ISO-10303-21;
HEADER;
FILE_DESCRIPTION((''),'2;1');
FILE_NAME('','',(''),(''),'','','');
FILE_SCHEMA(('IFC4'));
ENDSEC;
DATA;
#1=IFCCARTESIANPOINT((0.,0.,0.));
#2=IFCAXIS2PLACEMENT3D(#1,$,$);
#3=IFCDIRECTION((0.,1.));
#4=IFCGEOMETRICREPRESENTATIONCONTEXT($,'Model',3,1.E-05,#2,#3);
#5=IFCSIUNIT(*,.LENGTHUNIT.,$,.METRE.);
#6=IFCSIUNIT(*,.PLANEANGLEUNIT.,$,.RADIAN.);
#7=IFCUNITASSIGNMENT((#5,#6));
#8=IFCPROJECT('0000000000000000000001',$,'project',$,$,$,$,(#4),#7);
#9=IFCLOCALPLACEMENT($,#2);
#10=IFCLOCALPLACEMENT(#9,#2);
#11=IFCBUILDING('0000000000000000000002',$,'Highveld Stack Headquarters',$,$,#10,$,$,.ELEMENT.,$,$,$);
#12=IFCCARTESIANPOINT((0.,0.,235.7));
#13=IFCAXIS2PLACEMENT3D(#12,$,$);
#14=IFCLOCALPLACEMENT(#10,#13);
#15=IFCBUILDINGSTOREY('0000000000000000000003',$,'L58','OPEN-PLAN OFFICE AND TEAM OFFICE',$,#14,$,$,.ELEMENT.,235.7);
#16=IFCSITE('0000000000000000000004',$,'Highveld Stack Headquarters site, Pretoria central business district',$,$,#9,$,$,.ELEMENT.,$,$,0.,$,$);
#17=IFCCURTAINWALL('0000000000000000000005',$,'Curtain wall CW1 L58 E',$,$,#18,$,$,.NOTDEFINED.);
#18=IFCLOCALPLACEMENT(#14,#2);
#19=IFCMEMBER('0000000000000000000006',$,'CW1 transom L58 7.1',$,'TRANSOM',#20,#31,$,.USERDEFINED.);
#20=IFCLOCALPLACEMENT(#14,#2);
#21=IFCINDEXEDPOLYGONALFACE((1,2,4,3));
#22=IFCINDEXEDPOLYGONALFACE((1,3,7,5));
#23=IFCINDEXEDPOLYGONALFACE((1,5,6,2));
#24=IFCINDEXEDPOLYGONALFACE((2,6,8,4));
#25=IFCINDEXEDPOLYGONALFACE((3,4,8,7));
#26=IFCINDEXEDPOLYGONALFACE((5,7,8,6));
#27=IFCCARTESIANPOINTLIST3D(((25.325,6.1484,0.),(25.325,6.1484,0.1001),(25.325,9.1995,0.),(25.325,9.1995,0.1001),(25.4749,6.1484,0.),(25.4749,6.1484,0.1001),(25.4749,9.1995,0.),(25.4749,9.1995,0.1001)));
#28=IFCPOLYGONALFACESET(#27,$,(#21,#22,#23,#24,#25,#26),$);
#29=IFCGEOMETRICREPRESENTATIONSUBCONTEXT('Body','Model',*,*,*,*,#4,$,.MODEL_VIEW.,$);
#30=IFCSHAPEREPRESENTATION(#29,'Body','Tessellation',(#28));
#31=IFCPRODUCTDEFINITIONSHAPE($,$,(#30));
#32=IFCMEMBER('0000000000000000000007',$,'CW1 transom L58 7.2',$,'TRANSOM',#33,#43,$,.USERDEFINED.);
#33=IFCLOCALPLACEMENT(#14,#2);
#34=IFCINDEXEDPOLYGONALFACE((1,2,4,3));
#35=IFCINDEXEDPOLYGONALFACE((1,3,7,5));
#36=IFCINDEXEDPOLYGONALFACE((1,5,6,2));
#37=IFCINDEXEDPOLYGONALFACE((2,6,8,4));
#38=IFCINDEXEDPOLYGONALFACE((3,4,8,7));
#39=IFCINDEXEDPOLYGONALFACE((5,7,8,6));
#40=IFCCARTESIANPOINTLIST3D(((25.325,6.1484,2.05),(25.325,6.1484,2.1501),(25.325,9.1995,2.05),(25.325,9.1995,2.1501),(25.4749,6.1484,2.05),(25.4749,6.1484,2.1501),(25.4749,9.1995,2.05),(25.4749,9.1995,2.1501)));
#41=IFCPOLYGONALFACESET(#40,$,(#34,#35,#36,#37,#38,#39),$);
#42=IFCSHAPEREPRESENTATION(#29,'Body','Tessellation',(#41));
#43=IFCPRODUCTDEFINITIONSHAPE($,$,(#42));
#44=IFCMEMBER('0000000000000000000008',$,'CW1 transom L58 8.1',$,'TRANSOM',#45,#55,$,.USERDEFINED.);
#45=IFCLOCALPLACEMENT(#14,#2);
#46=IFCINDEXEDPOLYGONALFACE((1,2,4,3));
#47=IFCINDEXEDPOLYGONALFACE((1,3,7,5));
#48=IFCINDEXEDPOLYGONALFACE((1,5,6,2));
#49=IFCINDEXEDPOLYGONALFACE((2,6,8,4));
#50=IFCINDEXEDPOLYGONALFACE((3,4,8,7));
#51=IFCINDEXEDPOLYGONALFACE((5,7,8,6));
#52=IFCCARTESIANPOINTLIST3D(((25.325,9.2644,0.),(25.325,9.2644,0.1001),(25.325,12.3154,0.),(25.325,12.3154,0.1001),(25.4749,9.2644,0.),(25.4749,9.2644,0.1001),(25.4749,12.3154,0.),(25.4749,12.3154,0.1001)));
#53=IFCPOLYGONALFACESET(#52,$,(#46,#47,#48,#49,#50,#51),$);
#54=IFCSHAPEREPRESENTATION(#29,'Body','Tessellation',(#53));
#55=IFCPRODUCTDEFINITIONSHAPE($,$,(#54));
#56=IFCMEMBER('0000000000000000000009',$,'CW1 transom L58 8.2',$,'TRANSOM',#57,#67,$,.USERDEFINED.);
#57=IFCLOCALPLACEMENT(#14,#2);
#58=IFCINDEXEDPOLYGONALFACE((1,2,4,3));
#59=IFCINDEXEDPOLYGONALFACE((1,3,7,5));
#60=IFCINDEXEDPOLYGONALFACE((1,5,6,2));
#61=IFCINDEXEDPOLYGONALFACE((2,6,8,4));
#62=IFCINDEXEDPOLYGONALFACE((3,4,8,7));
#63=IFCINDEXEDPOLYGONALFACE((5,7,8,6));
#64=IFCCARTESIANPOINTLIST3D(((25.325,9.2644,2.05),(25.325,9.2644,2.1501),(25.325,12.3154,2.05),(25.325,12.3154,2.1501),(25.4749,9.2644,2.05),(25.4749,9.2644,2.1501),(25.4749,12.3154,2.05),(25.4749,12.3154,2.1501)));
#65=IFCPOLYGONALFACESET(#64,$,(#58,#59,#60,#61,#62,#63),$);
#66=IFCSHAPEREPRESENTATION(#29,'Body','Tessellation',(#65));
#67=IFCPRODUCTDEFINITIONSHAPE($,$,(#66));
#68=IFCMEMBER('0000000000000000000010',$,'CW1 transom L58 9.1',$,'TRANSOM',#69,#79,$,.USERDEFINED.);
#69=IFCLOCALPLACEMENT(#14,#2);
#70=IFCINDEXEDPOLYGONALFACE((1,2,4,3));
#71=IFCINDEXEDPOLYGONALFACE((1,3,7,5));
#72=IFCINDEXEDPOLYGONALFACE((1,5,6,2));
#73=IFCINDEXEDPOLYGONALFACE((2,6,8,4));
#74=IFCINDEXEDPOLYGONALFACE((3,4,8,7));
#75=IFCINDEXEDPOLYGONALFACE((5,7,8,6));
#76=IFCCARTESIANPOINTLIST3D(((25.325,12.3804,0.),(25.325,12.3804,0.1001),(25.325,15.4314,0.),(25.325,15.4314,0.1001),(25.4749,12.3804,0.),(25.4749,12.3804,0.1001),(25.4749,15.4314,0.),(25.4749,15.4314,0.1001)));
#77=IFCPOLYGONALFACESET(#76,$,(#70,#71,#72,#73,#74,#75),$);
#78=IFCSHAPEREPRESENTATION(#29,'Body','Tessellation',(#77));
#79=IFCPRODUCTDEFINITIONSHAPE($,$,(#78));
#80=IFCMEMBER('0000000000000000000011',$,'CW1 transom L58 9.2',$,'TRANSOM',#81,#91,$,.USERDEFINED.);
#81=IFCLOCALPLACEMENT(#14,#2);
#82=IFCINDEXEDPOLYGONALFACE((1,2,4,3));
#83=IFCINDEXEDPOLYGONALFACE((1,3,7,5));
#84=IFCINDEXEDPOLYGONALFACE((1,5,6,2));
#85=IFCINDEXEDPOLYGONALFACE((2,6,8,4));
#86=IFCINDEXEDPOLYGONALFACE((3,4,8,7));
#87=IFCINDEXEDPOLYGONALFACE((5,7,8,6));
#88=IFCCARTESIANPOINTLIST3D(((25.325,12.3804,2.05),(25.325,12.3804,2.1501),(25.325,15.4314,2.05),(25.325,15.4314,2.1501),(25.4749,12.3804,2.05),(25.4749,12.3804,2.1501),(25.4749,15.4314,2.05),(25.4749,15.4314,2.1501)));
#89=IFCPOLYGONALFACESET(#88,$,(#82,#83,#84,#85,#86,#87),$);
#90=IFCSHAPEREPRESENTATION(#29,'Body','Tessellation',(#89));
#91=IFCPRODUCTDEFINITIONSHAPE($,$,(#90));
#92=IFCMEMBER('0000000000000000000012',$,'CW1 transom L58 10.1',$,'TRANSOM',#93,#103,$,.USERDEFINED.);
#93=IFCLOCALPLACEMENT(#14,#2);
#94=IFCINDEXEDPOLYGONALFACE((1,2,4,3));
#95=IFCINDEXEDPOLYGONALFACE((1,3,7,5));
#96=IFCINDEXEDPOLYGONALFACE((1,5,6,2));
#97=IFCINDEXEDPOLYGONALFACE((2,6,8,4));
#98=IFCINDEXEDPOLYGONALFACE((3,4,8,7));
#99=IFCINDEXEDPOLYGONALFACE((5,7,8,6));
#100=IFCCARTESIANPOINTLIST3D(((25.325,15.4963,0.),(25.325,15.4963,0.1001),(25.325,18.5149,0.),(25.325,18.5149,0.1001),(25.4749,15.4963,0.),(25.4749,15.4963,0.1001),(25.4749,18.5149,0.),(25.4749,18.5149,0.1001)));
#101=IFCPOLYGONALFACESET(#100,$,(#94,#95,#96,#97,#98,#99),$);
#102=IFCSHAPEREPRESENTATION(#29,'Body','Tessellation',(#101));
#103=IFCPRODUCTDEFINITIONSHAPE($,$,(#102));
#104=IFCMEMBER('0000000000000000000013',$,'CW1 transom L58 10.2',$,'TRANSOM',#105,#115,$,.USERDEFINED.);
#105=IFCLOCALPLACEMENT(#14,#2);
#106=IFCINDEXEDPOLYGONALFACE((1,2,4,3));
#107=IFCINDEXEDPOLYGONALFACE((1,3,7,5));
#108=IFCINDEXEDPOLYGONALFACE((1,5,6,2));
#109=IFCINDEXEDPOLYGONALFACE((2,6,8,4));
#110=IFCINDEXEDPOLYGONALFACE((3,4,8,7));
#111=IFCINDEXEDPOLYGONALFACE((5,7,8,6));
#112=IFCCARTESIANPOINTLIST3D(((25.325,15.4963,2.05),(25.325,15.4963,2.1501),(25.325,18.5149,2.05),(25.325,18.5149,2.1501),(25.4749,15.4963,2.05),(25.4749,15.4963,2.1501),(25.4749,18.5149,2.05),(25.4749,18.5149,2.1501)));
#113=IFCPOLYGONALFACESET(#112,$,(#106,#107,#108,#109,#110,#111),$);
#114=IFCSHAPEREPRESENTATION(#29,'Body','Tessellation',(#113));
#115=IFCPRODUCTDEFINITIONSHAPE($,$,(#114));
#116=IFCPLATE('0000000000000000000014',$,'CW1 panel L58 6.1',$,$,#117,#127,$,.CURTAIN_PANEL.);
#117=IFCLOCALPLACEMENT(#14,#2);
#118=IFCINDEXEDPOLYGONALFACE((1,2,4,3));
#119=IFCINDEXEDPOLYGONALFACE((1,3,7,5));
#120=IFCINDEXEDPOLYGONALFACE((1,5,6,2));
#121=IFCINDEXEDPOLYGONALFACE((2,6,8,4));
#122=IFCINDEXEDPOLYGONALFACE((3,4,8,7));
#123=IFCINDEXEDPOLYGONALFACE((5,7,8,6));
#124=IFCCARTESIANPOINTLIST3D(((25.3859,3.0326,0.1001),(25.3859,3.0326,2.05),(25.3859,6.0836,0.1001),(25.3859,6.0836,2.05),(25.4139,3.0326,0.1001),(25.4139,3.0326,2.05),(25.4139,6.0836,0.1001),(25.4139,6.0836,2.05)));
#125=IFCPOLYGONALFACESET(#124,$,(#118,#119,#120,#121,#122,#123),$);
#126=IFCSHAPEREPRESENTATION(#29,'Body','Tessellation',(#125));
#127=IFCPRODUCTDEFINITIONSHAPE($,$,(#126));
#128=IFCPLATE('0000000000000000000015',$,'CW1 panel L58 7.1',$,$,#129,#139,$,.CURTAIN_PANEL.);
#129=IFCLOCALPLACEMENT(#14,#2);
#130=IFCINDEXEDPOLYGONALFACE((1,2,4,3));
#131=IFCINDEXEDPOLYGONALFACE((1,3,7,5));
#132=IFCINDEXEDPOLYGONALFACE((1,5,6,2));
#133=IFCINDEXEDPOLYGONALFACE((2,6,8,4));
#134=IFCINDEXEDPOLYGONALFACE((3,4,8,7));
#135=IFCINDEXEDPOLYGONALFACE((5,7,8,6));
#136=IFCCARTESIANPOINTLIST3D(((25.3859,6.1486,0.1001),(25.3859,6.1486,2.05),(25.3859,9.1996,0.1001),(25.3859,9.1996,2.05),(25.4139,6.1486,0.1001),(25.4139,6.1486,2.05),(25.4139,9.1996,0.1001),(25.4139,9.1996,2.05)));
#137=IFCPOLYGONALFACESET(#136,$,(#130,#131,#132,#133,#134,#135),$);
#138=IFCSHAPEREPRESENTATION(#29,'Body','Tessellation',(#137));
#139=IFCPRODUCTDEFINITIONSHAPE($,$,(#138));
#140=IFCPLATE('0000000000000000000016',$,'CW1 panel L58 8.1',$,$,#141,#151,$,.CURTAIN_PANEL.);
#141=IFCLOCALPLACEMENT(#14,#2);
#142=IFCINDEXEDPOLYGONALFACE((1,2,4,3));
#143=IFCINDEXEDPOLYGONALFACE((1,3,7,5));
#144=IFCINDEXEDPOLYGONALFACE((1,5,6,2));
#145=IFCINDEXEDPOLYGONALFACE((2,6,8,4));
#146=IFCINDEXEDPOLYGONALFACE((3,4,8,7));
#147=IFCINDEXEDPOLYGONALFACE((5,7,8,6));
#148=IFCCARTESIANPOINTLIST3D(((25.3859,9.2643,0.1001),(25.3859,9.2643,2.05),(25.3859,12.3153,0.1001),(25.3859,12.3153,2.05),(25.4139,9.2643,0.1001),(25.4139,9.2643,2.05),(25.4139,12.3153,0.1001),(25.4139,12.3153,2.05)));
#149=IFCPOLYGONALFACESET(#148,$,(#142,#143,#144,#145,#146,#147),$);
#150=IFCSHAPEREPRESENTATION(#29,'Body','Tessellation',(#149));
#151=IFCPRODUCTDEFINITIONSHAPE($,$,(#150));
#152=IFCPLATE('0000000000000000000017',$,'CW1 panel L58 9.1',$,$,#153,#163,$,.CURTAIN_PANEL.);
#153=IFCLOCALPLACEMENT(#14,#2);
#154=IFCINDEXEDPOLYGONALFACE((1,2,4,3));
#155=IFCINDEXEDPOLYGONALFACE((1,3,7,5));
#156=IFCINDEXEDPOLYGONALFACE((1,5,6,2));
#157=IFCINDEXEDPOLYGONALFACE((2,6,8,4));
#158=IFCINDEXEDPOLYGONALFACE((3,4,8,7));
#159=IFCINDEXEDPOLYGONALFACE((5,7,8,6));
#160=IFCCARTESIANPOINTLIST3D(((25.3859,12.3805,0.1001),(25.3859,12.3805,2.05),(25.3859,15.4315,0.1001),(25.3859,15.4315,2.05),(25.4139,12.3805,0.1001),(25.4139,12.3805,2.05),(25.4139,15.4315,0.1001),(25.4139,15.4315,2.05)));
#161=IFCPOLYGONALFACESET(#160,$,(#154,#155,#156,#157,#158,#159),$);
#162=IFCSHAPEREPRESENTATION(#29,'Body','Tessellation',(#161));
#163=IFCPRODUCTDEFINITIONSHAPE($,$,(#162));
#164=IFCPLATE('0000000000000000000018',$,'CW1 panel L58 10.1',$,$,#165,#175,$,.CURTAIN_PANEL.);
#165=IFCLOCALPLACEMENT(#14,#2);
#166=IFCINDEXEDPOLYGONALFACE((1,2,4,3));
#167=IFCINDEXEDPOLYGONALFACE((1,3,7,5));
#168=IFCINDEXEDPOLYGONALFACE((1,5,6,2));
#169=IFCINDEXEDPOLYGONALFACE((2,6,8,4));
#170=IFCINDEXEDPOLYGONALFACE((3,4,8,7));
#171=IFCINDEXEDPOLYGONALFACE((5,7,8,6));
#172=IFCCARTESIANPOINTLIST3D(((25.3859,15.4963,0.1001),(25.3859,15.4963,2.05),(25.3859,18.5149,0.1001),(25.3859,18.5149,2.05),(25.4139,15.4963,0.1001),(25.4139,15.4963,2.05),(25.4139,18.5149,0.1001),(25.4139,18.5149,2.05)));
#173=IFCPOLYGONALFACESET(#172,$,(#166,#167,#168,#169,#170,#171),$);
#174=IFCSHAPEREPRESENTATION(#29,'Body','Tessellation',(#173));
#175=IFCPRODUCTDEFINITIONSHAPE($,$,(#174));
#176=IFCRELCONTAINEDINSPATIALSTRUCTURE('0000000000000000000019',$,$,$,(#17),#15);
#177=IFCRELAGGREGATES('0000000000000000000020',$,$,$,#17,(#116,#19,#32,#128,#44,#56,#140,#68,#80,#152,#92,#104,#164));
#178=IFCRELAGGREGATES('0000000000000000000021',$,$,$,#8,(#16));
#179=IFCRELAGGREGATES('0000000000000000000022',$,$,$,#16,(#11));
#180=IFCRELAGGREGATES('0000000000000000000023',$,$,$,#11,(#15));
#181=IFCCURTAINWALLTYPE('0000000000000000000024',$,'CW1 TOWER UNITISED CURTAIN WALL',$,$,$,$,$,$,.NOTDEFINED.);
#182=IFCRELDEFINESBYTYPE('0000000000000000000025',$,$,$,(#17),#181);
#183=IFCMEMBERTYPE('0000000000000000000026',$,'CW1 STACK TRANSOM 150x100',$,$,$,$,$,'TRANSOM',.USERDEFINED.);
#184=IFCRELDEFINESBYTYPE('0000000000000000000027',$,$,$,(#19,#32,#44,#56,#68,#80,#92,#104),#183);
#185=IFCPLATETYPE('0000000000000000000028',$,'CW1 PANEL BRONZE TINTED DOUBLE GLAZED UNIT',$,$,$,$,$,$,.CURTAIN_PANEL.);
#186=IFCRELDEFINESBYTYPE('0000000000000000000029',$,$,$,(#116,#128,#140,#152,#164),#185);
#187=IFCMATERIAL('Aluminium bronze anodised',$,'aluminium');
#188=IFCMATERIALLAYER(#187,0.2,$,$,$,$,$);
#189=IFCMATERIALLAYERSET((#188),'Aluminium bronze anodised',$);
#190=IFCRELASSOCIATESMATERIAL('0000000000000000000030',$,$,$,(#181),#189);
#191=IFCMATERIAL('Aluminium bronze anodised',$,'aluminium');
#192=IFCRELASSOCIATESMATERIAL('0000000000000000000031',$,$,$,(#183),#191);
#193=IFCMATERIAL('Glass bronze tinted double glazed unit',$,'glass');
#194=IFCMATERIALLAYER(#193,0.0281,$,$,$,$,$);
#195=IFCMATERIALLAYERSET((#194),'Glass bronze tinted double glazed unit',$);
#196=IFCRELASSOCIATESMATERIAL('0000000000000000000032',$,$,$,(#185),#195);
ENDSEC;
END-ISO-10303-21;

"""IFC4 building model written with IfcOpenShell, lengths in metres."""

from ifc_helpers import new_model, si_unit, direction, frame, origin, origin_2d, place, context, subcontext, project, spatial, rectangle, extrude, material, layer, layer_set, material_profile, profile_set, type_object, element, aggregate, save


model = new_model("IFC4")

# Units and contexts
model_context = context("Model", 3, precision=1e-05, world=origin(), true_north=direction((0.0, 1.0)))
body_context = subcontext(model_context, "Body", "Model", "MODEL_VIEW")
ifc_project = project(units=[si_unit("LENGTHUNIT", "METRE"), si_unit("PLANEANGLEUNIT", "RADIAN")], contexts=[model_context])

# Site, building, storey
site_placement = place(None, origin())
site = spatial("IfcSite", under=ifc_project, at=site_placement, Name="Highveld Stack Headquarters site, Pretoria central business district", CompositionType="ELEMENT", RefElevation=0.0)
building_placement = place(site_placement, origin())
building = spatial("IfcBuilding", under=site, at=building_placement, Name="Highveld Stack Headquarters", CompositionType="ELEMENT")
storey_placement = place(building_placement, frame((0.0, 0.0, 235.7)))
storey = spatial("IfcBuildingStorey", under=building, at=storey_placement, Name="L58", Description="OPEN-PLAN OFFICE AND TEAM OFFICE", CompositionType="ELEMENT", Elevation=235.7)

# Curtain wall, members, plates
ifc_material_1 = material(Name="Aluminium bronze anodised", Category="aluminium")
ifc_layer_1 = layer(ifc_material_1, 0.2)
ifc_layer_set_1 = layer_set([ifc_layer_1], Name="Aluminium bronze anodised")
curtain_wall_type = type_object("IfcCurtainWallType", Name="CW1 TOWER UNITISED CURTAIN WALL", PredefinedType="NOTDEFINED", material=ifc_layer_set_1)
curtain_wall_placement = place(storey_placement, origin())
curtain_wall = element("IfcCurtainWall", 1, at=curtain_wall_placement, inside=storey, type_object=curtain_wall_type, Name="Curtain wall CW1 L58 E", PredefinedType="NOTDEFINED")
ifc_material_2 = material(Name="Aluminium bronze anodised", Category="aluminium")
ifc_material_profile_1 = material_profile(ifc_material_2, rectangle(XDim=0.1499, YDim=0.1001, at=origin_2d()), Name="CW1 TRANSOM 150x100")
ifc_profile_set_1 = profile_set([ifc_material_profile_1], Name="Aluminium bronze anodised")
member_type_1 = type_object("IfcMemberType", Name="CW1 STACK TRANSOM 150x100", ElementType="TRANSOM", PredefinedType="USERDEFINED", material=ifc_profile_set_1)
member_1_placement = place(storey_placement, frame((25.3999, 6.1484, 0.05), z_axis=(0.0, 1.0, 0.0), x_axis=(-1.0, 0.0, 0.0)))
member_1 = element("IfcMember", 2, at=member_1_placement, type_object=member_type_1, Name="CW1 transom L58 7.1", ObjectType="TRANSOM", PredefinedType="USERDEFINED", context=body_context, shape_type="SweptSolid", body=[
    extrude(rectangle(XDim=0.1499, YDim=0.1001, at=origin_2d()), origin(), (0.0, 0.0, 1.0), 3.051),
])
member_2_placement = place(storey_placement, frame((25.3999, 6.1484, 2.1001), z_axis=(0.0, 1.0, 0.0), x_axis=(-1.0, 0.0, 0.0)))
member_2 = element("IfcMember", 3, at=member_2_placement, type_object=member_type_1, Name="CW1 transom L58 7.2", ObjectType="TRANSOM", PredefinedType="USERDEFINED", context=body_context, shape_type="SweptSolid", body=[
    extrude(rectangle(XDim=0.1499, YDim=0.1001, at=origin_2d()), origin(), (0.0, 0.0, 1.0), 3.051),
])
member_3_placement = place(storey_placement, frame((25.3999, 9.2644, 0.05), z_axis=(0.0, 1.0, 0.0), x_axis=(-1.0, 0.0, 0.0)))
member_3 = element("IfcMember", 4, at=member_3_placement, type_object=member_type_1, Name="CW1 transom L58 8.1", ObjectType="TRANSOM", PredefinedType="USERDEFINED", context=body_context, shape_type="SweptSolid", body=[
    extrude(rectangle(XDim=0.1499, YDim=0.1001, at=origin_2d()), origin(), (0.0, 0.0, 1.0), 3.051),
])
member_4_placement = place(storey_placement, frame((25.3999, 9.2644, 2.1001), z_axis=(0.0, 1.0, 0.0), x_axis=(-1.0, 0.0, 0.0)))
member_4 = element("IfcMember", 5, at=member_4_placement, type_object=member_type_1, Name="CW1 transom L58 8.2", ObjectType="TRANSOM", PredefinedType="USERDEFINED", context=body_context, shape_type="SweptSolid", body=[
    extrude(rectangle(XDim=0.1499, YDim=0.1001, at=origin_2d()), origin(), (0.0, 0.0, 1.0), 3.051),
])
member_5_placement = place(storey_placement, frame((25.3999, 12.3804, 0.05), z_axis=(0.0, 1.0, 0.0), x_axis=(-1.0, 0.0, 0.0)))
member_5 = element("IfcMember", 6, at=member_5_placement, type_object=member_type_1, Name="CW1 transom L58 9.1", ObjectType="TRANSOM", PredefinedType="USERDEFINED", context=body_context, shape_type="SweptSolid", body=[
    extrude(rectangle(XDim=0.1499, YDim=0.1001, at=origin_2d()), origin(), (0.0, 0.0, 1.0), 3.051),
])
member_6_placement = place(storey_placement, frame((25.3999, 12.3804, 2.1001), z_axis=(0.0, 1.0, 0.0), x_axis=(-1.0, 0.0, 0.0)))
member_6 = element("IfcMember", 7, at=member_6_placement, type_object=member_type_1, Name="CW1 transom L58 9.2", ObjectType="TRANSOM", PredefinedType="USERDEFINED", context=body_context, shape_type="SweptSolid", body=[
    extrude(rectangle(XDim=0.1499, YDim=0.1001, at=origin_2d()), origin(), (0.0, 0.0, 1.0), 3.051),
])
member_7_placement = place(storey_placement, frame((25.3999, 15.4963, 0.05), z_axis=(0.0, 1.0, 0.0), x_axis=(-1.0, 0.0, 0.0)))
member_7 = element("IfcMember", 8, at=member_7_placement, type_object=member_type_1, Name="CW1 transom L58 10.1", ObjectType="TRANSOM", PredefinedType="USERDEFINED", context=body_context, shape_type="SweptSolid", body=[
    extrude(rectangle(XDim=0.1499, YDim=0.1001, at=origin_2d()), origin(), (0.0, 0.0, 1.0), 3.0186),
])
member_8_placement = place(storey_placement, frame((25.3999, 15.4963, 2.1001), z_axis=(0.0, 1.0, 0.0), x_axis=(-1.0, 0.0, 0.0)))
member_8 = element("IfcMember", 9, at=member_8_placement, type_object=member_type_1, Name="CW1 transom L58 10.2", ObjectType="TRANSOM", PredefinedType="USERDEFINED", context=body_context, shape_type="SweptSolid", body=[
    extrude(rectangle(XDim=0.1499, YDim=0.1001, at=origin_2d()), origin(), (0.0, 0.0, 1.0), 3.0186),
])
ifc_material_3 = material(Name="Glass bronze tinted double glazed unit", Category="glass")
ifc_layer_2 = layer(ifc_material_3, 0.0281)
ifc_layer_set_2 = layer_set([ifc_layer_2], Name="Glass bronze tinted double glazed unit")
plate_type = type_object("IfcPlateType", Name="CW1 PANEL BRONZE TINTED DOUBLE GLAZED UNIT", PredefinedType="CURTAIN_PANEL", material=ifc_layer_set_2)
plate_1_placement = place(storey_placement, frame((25.3999, 4.5581, 0.1001), z_axis=(0.0, 0.0, 1.0), x_axis=(0.0, 1.0, 0.0)))
plate_1 = element("IfcPlate", 10, at=plate_1_placement, type_object=plate_type, Name="CW1 panel L58 6.1", PredefinedType="CURTAIN_PANEL", context=body_context, shape_type="SweptSolid", body=[
    extrude(rectangle(XDim=3.051, YDim=0.0281, at=origin_2d()), origin(), (0.0, 0.0, 1.0), 1.95),
])
plate_2_placement = place(storey_placement, frame((25.3999, 7.6741, 0.1001), z_axis=(0.0, 0.0, 1.0), x_axis=(0.0, 1.0, 0.0)))
plate_2 = element("IfcPlate", 11, at=plate_2_placement, type_object=plate_type, Name="CW1 panel L58 7.1", PredefinedType="CURTAIN_PANEL", context=body_context, shape_type="SweptSolid", body=[
    extrude(rectangle(XDim=3.051, YDim=0.0281, at=origin_2d()), origin(), (0.0, 0.0, 1.0), 1.95),
])
plate_3_placement = place(storey_placement, frame((25.3999, 10.7898, 0.1001), z_axis=(0.0, 0.0, 1.0), x_axis=(0.0, 1.0, 0.0)))
plate_3 = element("IfcPlate", 12, at=plate_3_placement, type_object=plate_type, Name="CW1 panel L58 8.1", PredefinedType="CURTAIN_PANEL", context=body_context, shape_type="SweptSolid", body=[
    extrude(rectangle(XDim=3.051, YDim=0.0281, at=origin_2d()), origin(), (0.0, 0.0, 1.0), 1.95),
])
plate_4_placement = place(storey_placement, frame((25.3999, 13.906, 0.1001), z_axis=(0.0, 0.0, 1.0), x_axis=(0.0, 1.0, 0.0)))
plate_4 = element("IfcPlate", 13, at=plate_4_placement, type_object=plate_type, Name="CW1 panel L58 9.1", PredefinedType="CURTAIN_PANEL", context=body_context, shape_type="SweptSolid", body=[
    extrude(rectangle(XDim=3.051, YDim=0.0281, at=origin_2d()), origin(), (0.0, 0.0, 1.0), 1.95),
])
plate_5_placement = place(storey_placement, frame((25.3999, 17.0056, 0.1001), z_axis=(0.0, 0.0, 1.0), x_axis=(0.0, 1.0, 0.0)))
plate_5 = element("IfcPlate", 14, at=plate_5_placement, type_object=plate_type, Name="CW1 panel L58 10.1", PredefinedType="CURTAIN_PANEL", context=body_context, shape_type="SweptSolid", body=[
    extrude(rectangle(XDim=3.0186, YDim=0.0281, at=origin_2d()), origin(), (0.0, 0.0, 1.0), 1.95),
])
aggregate(curtain_wall, [plate_1, member_1, member_2, plate_2, member_3, member_4, plate_3, member_5, member_6, plate_4, member_7, member_8, plate_5])

save(model, "model.ifc")
